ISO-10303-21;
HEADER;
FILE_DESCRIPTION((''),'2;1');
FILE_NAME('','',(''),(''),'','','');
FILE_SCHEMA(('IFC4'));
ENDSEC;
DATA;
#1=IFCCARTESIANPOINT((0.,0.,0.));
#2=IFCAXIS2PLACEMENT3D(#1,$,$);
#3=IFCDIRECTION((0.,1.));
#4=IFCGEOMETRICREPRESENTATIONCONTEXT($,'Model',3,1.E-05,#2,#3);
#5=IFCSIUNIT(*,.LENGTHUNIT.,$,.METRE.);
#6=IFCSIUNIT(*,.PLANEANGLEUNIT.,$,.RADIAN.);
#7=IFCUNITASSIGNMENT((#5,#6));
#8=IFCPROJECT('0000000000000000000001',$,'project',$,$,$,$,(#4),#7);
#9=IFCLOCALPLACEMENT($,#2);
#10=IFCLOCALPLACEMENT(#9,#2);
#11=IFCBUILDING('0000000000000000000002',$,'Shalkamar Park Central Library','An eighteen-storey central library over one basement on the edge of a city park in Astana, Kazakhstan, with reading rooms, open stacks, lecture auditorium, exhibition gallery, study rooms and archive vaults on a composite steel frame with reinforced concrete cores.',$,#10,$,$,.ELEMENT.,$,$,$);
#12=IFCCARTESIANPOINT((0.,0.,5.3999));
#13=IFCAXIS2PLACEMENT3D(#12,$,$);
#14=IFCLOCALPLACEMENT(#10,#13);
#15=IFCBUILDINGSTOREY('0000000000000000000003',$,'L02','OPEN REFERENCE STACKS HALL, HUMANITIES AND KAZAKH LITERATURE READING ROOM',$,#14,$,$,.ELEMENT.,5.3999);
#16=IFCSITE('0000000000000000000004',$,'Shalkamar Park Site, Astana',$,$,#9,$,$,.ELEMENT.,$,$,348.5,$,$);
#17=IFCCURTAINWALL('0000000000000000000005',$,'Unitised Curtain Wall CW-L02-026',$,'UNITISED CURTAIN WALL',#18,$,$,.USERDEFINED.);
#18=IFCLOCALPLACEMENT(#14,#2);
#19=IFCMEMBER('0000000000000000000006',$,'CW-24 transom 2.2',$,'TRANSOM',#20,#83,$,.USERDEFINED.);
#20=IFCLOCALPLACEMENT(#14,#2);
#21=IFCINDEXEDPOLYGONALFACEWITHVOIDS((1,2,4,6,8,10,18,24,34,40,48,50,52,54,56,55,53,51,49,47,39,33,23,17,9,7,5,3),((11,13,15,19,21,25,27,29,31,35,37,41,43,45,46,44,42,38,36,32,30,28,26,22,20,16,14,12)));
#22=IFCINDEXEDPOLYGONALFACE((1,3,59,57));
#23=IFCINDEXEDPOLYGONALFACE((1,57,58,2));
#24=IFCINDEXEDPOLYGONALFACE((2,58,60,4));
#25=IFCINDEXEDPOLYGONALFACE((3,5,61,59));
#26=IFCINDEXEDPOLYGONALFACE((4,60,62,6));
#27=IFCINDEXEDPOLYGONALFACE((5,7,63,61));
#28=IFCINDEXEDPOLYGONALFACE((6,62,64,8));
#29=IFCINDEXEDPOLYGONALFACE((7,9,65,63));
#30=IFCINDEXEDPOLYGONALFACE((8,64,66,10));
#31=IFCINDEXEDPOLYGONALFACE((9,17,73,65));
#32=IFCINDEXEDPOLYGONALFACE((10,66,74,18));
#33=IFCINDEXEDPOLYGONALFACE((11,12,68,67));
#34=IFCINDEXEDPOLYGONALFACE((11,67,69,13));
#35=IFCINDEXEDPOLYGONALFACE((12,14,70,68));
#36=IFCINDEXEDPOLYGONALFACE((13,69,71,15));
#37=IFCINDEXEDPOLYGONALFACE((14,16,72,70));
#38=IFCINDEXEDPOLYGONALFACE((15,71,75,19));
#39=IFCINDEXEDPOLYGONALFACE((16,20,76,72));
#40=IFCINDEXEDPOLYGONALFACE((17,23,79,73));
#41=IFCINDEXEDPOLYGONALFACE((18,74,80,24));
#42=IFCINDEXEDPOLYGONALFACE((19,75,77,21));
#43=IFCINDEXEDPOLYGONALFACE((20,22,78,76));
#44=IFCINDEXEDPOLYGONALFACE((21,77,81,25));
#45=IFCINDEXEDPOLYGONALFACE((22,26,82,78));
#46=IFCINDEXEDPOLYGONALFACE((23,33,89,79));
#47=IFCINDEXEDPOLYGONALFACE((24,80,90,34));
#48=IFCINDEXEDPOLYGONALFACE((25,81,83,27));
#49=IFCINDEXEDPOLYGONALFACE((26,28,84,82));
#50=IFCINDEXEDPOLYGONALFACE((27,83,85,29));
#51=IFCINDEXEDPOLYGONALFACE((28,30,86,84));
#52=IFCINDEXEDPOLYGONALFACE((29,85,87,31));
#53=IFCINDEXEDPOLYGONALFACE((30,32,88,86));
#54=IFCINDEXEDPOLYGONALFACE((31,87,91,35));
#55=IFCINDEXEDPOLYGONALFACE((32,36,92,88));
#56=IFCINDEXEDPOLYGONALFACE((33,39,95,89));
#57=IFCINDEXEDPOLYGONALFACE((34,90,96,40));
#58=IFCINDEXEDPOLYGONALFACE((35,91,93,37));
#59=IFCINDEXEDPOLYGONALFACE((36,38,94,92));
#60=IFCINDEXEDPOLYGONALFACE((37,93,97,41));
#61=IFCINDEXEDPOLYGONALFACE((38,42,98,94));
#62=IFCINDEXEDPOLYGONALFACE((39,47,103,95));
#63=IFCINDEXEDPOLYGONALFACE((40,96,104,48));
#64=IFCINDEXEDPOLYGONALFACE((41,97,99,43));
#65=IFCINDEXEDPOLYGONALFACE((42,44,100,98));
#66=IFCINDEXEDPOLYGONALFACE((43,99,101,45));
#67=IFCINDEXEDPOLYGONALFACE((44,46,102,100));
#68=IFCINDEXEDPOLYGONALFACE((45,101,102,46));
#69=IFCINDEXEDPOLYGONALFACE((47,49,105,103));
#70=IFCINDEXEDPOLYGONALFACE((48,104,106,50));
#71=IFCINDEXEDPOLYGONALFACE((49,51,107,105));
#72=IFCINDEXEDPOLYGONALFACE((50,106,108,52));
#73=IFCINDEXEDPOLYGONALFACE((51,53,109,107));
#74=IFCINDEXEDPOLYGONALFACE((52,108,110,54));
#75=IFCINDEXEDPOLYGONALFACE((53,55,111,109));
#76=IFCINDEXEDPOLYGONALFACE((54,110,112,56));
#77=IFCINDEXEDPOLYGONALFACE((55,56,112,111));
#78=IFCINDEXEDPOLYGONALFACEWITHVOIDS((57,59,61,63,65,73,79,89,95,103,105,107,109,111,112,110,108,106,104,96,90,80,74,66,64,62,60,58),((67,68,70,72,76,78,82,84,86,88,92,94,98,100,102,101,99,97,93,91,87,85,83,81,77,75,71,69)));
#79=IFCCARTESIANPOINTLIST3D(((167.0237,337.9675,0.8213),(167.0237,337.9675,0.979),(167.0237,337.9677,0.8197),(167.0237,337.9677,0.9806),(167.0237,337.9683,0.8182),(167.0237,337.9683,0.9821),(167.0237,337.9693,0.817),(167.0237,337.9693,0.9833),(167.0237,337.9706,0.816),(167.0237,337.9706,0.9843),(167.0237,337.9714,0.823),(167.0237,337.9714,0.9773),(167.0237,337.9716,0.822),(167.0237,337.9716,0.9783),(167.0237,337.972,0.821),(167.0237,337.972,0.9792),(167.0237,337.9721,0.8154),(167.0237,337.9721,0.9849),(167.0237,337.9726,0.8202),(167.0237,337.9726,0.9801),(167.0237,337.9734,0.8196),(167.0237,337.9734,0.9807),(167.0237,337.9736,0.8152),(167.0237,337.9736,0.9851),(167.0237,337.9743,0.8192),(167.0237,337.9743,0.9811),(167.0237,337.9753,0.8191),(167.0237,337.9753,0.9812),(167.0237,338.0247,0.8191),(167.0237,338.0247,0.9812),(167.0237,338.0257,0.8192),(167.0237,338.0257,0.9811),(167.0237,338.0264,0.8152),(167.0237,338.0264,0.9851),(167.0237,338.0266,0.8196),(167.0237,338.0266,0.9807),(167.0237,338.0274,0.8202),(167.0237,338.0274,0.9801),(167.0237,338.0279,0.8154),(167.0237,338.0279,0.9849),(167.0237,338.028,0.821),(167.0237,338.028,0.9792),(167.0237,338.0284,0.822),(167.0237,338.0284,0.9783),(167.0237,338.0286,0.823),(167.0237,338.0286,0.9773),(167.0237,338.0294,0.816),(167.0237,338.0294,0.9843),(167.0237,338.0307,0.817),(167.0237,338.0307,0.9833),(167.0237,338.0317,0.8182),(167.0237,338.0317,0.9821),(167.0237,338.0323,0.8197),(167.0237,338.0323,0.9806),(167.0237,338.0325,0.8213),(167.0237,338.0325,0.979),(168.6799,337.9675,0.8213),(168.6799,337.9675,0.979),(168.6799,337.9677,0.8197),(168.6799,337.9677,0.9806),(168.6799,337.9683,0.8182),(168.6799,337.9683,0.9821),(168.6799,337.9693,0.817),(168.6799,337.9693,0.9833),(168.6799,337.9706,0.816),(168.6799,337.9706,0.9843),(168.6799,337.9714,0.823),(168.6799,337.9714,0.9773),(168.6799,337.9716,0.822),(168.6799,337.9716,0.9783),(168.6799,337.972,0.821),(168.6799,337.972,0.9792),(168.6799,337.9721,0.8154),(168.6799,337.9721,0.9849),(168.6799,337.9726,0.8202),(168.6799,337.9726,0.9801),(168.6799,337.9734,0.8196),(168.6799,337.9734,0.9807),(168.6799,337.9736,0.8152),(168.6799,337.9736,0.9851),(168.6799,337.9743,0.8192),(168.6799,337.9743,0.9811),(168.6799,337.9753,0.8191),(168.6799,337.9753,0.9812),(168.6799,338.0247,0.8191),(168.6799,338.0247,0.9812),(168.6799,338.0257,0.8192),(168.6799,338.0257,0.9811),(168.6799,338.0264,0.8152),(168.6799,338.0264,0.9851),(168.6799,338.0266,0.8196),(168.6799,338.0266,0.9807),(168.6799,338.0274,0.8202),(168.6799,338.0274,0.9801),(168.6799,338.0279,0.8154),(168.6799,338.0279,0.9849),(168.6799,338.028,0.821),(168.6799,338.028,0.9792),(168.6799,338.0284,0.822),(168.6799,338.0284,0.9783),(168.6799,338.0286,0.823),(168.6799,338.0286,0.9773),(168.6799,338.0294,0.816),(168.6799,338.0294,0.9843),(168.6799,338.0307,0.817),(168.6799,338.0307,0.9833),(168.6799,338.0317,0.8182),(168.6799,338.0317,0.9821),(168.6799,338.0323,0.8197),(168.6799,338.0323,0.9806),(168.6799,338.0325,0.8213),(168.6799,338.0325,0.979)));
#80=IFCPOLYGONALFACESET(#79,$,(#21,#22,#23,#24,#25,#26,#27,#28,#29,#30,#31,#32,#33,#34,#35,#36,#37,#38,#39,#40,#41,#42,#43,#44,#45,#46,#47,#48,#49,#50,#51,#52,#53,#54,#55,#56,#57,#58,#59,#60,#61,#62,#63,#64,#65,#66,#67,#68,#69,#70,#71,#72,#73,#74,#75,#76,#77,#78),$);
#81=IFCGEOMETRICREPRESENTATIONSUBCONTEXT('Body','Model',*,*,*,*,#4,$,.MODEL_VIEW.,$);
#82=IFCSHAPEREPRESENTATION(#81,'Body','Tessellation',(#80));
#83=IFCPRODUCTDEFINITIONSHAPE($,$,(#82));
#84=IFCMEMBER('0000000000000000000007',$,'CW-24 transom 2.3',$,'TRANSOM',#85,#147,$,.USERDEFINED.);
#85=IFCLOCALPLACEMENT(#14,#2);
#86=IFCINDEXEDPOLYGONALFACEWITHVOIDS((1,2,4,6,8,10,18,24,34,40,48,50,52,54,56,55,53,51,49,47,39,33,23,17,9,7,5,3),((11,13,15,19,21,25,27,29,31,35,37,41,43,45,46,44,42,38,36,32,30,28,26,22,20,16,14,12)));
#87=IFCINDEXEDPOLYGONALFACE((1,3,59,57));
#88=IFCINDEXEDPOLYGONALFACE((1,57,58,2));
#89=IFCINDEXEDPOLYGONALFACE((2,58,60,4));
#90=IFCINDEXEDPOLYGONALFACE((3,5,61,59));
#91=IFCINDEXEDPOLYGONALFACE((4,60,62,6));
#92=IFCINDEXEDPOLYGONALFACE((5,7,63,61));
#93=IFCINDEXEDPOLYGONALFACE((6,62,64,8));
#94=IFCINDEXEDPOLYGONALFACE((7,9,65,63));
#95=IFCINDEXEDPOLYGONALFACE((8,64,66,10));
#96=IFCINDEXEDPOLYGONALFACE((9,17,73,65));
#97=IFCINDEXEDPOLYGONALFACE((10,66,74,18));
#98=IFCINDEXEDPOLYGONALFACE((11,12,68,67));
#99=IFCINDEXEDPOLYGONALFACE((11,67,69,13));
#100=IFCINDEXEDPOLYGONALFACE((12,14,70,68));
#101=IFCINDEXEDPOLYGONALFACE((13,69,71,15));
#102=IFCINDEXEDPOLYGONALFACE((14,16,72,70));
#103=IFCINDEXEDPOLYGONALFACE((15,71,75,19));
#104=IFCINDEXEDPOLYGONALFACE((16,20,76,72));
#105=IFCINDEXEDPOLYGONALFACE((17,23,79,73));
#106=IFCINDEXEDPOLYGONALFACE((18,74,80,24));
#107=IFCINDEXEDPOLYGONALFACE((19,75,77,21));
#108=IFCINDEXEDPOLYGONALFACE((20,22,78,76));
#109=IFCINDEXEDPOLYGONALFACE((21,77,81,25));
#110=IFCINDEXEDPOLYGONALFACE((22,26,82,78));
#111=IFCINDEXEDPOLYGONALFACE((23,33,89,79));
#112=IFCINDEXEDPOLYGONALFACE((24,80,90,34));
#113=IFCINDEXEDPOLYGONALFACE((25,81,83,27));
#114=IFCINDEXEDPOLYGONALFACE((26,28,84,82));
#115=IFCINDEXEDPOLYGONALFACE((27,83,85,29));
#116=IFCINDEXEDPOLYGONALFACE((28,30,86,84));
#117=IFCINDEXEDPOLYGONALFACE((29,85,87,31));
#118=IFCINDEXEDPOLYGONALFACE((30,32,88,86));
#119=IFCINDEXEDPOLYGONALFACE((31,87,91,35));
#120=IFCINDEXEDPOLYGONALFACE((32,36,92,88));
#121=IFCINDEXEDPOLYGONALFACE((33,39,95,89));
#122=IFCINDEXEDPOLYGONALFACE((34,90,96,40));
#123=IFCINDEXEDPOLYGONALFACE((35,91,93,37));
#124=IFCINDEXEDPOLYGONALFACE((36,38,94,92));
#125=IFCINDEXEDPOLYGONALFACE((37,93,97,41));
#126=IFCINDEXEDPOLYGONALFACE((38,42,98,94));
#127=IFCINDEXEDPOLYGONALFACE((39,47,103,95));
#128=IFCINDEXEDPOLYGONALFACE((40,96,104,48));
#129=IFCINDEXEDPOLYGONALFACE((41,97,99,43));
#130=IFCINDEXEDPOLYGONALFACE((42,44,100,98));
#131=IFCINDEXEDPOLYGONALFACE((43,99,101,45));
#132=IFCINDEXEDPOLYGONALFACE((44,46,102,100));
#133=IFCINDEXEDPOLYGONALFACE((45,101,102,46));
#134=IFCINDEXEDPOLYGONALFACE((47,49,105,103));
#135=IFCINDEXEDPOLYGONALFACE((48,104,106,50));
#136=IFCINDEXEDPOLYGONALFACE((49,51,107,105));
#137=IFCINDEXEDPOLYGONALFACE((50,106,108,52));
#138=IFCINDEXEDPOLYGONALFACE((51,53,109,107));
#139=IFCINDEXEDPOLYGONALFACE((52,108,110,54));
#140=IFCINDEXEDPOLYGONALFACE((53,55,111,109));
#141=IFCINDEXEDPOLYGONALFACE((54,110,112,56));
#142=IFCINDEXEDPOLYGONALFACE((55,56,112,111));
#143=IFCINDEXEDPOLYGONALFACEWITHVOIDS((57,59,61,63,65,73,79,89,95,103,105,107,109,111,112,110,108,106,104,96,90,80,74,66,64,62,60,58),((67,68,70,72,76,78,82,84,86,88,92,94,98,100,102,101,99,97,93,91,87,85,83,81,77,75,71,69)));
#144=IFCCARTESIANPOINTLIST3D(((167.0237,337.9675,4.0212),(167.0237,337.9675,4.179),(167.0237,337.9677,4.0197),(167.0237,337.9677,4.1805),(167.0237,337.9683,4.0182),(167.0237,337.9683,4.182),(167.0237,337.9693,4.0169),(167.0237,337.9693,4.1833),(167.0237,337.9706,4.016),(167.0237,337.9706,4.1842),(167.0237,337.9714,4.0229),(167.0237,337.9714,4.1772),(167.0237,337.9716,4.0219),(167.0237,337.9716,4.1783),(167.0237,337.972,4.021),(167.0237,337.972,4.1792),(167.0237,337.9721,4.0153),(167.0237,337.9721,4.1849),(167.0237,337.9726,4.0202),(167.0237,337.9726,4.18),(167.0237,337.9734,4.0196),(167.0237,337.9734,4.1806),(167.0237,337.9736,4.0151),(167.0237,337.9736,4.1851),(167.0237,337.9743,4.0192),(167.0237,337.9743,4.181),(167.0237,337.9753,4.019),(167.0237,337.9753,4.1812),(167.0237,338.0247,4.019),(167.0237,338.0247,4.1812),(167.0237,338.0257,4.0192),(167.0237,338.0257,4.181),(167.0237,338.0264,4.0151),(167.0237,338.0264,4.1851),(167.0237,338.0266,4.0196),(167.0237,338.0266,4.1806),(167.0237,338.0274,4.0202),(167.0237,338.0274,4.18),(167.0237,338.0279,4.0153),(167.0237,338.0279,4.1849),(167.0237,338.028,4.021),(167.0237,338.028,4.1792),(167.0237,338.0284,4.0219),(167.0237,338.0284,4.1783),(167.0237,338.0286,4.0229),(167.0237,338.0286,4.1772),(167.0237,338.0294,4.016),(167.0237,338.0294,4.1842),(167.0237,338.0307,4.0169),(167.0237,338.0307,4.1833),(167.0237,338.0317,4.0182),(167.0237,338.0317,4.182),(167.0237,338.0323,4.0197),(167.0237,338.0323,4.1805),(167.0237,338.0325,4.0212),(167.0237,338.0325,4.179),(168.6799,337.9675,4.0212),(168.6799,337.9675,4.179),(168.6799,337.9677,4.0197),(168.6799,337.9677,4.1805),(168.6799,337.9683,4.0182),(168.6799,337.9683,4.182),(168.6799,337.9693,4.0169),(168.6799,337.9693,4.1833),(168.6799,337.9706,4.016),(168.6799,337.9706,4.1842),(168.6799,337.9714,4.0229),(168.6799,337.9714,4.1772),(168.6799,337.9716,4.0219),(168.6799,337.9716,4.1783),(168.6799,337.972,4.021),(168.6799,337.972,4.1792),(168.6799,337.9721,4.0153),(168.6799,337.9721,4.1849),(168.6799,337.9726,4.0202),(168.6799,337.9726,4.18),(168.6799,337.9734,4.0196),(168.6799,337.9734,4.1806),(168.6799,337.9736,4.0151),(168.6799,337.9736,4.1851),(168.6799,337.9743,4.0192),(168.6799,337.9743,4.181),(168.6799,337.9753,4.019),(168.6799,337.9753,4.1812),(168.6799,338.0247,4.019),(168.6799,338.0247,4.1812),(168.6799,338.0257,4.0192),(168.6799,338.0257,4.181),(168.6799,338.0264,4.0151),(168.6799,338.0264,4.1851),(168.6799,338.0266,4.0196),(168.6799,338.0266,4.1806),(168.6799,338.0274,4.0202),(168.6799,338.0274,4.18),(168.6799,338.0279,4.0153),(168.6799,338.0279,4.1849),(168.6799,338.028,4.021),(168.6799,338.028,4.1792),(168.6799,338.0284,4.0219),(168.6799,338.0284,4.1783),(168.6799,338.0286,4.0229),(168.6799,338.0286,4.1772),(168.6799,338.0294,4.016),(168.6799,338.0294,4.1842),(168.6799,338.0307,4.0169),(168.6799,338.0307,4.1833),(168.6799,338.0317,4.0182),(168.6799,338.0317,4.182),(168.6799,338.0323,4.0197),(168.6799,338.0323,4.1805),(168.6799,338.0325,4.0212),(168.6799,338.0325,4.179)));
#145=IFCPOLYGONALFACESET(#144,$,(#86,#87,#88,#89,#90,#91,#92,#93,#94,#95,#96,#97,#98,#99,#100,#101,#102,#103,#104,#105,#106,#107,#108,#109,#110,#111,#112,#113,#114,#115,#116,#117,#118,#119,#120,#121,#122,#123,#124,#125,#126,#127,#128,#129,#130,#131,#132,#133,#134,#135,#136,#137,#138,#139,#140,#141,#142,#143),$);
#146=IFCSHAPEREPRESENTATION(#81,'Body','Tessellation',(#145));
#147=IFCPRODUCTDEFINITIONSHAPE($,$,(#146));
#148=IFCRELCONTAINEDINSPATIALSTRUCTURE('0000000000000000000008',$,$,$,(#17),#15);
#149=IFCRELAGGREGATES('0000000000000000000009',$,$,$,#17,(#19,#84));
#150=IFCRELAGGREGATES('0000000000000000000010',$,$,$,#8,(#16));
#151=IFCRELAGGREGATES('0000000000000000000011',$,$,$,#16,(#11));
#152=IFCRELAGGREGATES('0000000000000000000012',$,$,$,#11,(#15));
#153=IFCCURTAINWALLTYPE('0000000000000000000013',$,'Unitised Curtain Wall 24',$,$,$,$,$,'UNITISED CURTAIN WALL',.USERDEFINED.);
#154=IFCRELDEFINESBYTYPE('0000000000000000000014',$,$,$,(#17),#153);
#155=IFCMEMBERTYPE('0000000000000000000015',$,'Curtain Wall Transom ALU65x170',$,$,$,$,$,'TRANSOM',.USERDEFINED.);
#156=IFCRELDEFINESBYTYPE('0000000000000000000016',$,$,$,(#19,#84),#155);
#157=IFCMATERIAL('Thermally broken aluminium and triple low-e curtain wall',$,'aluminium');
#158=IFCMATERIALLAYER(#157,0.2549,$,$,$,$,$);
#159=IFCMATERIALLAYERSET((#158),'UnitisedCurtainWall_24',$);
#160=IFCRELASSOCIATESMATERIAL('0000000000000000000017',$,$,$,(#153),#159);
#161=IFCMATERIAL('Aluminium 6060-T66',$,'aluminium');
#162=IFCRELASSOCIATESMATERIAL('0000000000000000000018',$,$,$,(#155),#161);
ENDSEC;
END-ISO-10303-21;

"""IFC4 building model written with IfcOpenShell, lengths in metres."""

from ifc_helpers import new_model, si_unit, direction, frame, origin, origin_2d, place, context, subcontext, project, spatial, hollow_rectangle, extrude, material, layer, layer_set, material_profile, profile_set, type_object, element, aggregate, save


model = new_model("IFC4")

# Units and contexts
model_context = context("Model", 3, precision=1e-05, world=origin(), true_north=direction((0.0, 1.0)))
body_context = subcontext(model_context, "Body", "Model", "MODEL_VIEW")
ifc_project = project(units=[si_unit("LENGTHUNIT", "METRE"), si_unit("PLANEANGLEUNIT", "RADIAN")], contexts=[model_context])

# Site, building, storey
site_placement = place(None, origin())
site = spatial("IfcSite", under=ifc_project, at=site_placement, Name="Shalkamar Park Site, Astana", CompositionType="ELEMENT", RefElevation=348.5)
building_placement = place(site_placement, origin())
building = spatial("IfcBuilding", under=site, at=building_placement, Name="Shalkamar Park Central Library", Description="An eighteen-storey central library over one basement on the edge of a city park in Astana, Kazakhstan, with reading rooms, open stacks, lecture auditorium, exhibition gallery, study rooms and archive vaults on a composite steel frame with reinforced concrete cores.", CompositionType="ELEMENT")
storey_placement = place(building_placement, frame((0.0, 0.0, 5.3999)))
storey = spatial("IfcBuildingStorey", under=building, at=storey_placement, Name="L02", Description="OPEN REFERENCE STACKS HALL, HUMANITIES AND KAZAKH LITERATURE READING ROOM", CompositionType="ELEMENT", Elevation=5.3999)

# Curtain wall
ifc_material_1 = material(Name="Thermally broken aluminium and triple low-e curtain wall", Category="aluminium")
ifc_layer_1 = layer(ifc_material_1, 0.2549)
ifc_layer_set_1 = layer_set([ifc_layer_1], Name="UnitisedCurtainWall_24")
curtain_wall_type_1 = type_object("IfcCurtainWallType", Name="Unitised Curtain Wall 24", ElementType="UNITISED CURTAIN WALL", PredefinedType="USERDEFINED", material=ifc_layer_set_1)
curtain_wall_1_placement = place(storey_placement, origin())
curtain_wall_1 = element("IfcCurtainWall", 1, at=curtain_wall_1_placement, inside=storey, type_object=curtain_wall_type_1, Name="Unitised Curtain Wall CW-L02-026", ObjectType="UNITISED CURTAIN WALL", PredefinedType="USERDEFINED")
ifc_material_2 = material(Name="Aluminium 6060-T66", Category="aluminium")

# Members
ifc_material_profile_1 = material_profile(ifc_material_2, hollow_rectangle(XDim=0.0649, YDim=0.1699, WallThickness=0.0039, InnerFilletRadius=0.0039, OuterFilletRadius=0.0061, at=origin_2d()), Name="ALU 65x170x4")
ifc_profile_set_1 = profile_set([ifc_material_profile_1], Name="Aluminium 6060-T66")
member_type_1 = type_object("IfcMemberType", Name="Curtain Wall Transom ALU65x170", ElementType="TRANSOM", PredefinedType="USERDEFINED", material=ifc_profile_set_1)
member_1_placement = place(storey_placement, frame((167.0237, 338.0, 0.9001), z_axis=(1.0, 0.0, 0.0), x_axis=(0.0, 1.0, 0.0)))
member_1 = element("IfcMember", 2, at=member_1_placement, type_object=member_type_1, Name="CW-24 transom 2.2", ObjectType="TRANSOM", PredefinedType="USERDEFINED", context=body_context, shape_type="SweptSolid", body=[
    extrude(hollow_rectangle(XDim=0.0649, YDim=0.1699, WallThickness=0.0039, InnerFilletRadius=0.0039, OuterFilletRadius=0.0061, at=origin_2d()), origin(), (0.0, 0.0, 1.0), 1.6562),
])
member_2_placement = place(storey_placement, frame((167.0237, 338.0, 4.1001), z_axis=(1.0, 0.0, 0.0), x_axis=(0.0, 1.0, 0.0)))
member_2 = element("IfcMember", 3, at=member_2_placement, type_object=member_type_1, Name="CW-24 transom 2.3", ObjectType="TRANSOM", PredefinedType="USERDEFINED", context=body_context, shape_type="SweptSolid", body=[
    extrude(hollow_rectangle(XDim=0.0649, YDim=0.1699, WallThickness=0.0039, InnerFilletRadius=0.0039, OuterFilletRadius=0.0061, at=origin_2d()), origin(), (0.0, 0.0, 1.0), 1.6562),
])

aggregate(curtain_wall_1, [member_1, member_2])

save(model, "model.ifc")
